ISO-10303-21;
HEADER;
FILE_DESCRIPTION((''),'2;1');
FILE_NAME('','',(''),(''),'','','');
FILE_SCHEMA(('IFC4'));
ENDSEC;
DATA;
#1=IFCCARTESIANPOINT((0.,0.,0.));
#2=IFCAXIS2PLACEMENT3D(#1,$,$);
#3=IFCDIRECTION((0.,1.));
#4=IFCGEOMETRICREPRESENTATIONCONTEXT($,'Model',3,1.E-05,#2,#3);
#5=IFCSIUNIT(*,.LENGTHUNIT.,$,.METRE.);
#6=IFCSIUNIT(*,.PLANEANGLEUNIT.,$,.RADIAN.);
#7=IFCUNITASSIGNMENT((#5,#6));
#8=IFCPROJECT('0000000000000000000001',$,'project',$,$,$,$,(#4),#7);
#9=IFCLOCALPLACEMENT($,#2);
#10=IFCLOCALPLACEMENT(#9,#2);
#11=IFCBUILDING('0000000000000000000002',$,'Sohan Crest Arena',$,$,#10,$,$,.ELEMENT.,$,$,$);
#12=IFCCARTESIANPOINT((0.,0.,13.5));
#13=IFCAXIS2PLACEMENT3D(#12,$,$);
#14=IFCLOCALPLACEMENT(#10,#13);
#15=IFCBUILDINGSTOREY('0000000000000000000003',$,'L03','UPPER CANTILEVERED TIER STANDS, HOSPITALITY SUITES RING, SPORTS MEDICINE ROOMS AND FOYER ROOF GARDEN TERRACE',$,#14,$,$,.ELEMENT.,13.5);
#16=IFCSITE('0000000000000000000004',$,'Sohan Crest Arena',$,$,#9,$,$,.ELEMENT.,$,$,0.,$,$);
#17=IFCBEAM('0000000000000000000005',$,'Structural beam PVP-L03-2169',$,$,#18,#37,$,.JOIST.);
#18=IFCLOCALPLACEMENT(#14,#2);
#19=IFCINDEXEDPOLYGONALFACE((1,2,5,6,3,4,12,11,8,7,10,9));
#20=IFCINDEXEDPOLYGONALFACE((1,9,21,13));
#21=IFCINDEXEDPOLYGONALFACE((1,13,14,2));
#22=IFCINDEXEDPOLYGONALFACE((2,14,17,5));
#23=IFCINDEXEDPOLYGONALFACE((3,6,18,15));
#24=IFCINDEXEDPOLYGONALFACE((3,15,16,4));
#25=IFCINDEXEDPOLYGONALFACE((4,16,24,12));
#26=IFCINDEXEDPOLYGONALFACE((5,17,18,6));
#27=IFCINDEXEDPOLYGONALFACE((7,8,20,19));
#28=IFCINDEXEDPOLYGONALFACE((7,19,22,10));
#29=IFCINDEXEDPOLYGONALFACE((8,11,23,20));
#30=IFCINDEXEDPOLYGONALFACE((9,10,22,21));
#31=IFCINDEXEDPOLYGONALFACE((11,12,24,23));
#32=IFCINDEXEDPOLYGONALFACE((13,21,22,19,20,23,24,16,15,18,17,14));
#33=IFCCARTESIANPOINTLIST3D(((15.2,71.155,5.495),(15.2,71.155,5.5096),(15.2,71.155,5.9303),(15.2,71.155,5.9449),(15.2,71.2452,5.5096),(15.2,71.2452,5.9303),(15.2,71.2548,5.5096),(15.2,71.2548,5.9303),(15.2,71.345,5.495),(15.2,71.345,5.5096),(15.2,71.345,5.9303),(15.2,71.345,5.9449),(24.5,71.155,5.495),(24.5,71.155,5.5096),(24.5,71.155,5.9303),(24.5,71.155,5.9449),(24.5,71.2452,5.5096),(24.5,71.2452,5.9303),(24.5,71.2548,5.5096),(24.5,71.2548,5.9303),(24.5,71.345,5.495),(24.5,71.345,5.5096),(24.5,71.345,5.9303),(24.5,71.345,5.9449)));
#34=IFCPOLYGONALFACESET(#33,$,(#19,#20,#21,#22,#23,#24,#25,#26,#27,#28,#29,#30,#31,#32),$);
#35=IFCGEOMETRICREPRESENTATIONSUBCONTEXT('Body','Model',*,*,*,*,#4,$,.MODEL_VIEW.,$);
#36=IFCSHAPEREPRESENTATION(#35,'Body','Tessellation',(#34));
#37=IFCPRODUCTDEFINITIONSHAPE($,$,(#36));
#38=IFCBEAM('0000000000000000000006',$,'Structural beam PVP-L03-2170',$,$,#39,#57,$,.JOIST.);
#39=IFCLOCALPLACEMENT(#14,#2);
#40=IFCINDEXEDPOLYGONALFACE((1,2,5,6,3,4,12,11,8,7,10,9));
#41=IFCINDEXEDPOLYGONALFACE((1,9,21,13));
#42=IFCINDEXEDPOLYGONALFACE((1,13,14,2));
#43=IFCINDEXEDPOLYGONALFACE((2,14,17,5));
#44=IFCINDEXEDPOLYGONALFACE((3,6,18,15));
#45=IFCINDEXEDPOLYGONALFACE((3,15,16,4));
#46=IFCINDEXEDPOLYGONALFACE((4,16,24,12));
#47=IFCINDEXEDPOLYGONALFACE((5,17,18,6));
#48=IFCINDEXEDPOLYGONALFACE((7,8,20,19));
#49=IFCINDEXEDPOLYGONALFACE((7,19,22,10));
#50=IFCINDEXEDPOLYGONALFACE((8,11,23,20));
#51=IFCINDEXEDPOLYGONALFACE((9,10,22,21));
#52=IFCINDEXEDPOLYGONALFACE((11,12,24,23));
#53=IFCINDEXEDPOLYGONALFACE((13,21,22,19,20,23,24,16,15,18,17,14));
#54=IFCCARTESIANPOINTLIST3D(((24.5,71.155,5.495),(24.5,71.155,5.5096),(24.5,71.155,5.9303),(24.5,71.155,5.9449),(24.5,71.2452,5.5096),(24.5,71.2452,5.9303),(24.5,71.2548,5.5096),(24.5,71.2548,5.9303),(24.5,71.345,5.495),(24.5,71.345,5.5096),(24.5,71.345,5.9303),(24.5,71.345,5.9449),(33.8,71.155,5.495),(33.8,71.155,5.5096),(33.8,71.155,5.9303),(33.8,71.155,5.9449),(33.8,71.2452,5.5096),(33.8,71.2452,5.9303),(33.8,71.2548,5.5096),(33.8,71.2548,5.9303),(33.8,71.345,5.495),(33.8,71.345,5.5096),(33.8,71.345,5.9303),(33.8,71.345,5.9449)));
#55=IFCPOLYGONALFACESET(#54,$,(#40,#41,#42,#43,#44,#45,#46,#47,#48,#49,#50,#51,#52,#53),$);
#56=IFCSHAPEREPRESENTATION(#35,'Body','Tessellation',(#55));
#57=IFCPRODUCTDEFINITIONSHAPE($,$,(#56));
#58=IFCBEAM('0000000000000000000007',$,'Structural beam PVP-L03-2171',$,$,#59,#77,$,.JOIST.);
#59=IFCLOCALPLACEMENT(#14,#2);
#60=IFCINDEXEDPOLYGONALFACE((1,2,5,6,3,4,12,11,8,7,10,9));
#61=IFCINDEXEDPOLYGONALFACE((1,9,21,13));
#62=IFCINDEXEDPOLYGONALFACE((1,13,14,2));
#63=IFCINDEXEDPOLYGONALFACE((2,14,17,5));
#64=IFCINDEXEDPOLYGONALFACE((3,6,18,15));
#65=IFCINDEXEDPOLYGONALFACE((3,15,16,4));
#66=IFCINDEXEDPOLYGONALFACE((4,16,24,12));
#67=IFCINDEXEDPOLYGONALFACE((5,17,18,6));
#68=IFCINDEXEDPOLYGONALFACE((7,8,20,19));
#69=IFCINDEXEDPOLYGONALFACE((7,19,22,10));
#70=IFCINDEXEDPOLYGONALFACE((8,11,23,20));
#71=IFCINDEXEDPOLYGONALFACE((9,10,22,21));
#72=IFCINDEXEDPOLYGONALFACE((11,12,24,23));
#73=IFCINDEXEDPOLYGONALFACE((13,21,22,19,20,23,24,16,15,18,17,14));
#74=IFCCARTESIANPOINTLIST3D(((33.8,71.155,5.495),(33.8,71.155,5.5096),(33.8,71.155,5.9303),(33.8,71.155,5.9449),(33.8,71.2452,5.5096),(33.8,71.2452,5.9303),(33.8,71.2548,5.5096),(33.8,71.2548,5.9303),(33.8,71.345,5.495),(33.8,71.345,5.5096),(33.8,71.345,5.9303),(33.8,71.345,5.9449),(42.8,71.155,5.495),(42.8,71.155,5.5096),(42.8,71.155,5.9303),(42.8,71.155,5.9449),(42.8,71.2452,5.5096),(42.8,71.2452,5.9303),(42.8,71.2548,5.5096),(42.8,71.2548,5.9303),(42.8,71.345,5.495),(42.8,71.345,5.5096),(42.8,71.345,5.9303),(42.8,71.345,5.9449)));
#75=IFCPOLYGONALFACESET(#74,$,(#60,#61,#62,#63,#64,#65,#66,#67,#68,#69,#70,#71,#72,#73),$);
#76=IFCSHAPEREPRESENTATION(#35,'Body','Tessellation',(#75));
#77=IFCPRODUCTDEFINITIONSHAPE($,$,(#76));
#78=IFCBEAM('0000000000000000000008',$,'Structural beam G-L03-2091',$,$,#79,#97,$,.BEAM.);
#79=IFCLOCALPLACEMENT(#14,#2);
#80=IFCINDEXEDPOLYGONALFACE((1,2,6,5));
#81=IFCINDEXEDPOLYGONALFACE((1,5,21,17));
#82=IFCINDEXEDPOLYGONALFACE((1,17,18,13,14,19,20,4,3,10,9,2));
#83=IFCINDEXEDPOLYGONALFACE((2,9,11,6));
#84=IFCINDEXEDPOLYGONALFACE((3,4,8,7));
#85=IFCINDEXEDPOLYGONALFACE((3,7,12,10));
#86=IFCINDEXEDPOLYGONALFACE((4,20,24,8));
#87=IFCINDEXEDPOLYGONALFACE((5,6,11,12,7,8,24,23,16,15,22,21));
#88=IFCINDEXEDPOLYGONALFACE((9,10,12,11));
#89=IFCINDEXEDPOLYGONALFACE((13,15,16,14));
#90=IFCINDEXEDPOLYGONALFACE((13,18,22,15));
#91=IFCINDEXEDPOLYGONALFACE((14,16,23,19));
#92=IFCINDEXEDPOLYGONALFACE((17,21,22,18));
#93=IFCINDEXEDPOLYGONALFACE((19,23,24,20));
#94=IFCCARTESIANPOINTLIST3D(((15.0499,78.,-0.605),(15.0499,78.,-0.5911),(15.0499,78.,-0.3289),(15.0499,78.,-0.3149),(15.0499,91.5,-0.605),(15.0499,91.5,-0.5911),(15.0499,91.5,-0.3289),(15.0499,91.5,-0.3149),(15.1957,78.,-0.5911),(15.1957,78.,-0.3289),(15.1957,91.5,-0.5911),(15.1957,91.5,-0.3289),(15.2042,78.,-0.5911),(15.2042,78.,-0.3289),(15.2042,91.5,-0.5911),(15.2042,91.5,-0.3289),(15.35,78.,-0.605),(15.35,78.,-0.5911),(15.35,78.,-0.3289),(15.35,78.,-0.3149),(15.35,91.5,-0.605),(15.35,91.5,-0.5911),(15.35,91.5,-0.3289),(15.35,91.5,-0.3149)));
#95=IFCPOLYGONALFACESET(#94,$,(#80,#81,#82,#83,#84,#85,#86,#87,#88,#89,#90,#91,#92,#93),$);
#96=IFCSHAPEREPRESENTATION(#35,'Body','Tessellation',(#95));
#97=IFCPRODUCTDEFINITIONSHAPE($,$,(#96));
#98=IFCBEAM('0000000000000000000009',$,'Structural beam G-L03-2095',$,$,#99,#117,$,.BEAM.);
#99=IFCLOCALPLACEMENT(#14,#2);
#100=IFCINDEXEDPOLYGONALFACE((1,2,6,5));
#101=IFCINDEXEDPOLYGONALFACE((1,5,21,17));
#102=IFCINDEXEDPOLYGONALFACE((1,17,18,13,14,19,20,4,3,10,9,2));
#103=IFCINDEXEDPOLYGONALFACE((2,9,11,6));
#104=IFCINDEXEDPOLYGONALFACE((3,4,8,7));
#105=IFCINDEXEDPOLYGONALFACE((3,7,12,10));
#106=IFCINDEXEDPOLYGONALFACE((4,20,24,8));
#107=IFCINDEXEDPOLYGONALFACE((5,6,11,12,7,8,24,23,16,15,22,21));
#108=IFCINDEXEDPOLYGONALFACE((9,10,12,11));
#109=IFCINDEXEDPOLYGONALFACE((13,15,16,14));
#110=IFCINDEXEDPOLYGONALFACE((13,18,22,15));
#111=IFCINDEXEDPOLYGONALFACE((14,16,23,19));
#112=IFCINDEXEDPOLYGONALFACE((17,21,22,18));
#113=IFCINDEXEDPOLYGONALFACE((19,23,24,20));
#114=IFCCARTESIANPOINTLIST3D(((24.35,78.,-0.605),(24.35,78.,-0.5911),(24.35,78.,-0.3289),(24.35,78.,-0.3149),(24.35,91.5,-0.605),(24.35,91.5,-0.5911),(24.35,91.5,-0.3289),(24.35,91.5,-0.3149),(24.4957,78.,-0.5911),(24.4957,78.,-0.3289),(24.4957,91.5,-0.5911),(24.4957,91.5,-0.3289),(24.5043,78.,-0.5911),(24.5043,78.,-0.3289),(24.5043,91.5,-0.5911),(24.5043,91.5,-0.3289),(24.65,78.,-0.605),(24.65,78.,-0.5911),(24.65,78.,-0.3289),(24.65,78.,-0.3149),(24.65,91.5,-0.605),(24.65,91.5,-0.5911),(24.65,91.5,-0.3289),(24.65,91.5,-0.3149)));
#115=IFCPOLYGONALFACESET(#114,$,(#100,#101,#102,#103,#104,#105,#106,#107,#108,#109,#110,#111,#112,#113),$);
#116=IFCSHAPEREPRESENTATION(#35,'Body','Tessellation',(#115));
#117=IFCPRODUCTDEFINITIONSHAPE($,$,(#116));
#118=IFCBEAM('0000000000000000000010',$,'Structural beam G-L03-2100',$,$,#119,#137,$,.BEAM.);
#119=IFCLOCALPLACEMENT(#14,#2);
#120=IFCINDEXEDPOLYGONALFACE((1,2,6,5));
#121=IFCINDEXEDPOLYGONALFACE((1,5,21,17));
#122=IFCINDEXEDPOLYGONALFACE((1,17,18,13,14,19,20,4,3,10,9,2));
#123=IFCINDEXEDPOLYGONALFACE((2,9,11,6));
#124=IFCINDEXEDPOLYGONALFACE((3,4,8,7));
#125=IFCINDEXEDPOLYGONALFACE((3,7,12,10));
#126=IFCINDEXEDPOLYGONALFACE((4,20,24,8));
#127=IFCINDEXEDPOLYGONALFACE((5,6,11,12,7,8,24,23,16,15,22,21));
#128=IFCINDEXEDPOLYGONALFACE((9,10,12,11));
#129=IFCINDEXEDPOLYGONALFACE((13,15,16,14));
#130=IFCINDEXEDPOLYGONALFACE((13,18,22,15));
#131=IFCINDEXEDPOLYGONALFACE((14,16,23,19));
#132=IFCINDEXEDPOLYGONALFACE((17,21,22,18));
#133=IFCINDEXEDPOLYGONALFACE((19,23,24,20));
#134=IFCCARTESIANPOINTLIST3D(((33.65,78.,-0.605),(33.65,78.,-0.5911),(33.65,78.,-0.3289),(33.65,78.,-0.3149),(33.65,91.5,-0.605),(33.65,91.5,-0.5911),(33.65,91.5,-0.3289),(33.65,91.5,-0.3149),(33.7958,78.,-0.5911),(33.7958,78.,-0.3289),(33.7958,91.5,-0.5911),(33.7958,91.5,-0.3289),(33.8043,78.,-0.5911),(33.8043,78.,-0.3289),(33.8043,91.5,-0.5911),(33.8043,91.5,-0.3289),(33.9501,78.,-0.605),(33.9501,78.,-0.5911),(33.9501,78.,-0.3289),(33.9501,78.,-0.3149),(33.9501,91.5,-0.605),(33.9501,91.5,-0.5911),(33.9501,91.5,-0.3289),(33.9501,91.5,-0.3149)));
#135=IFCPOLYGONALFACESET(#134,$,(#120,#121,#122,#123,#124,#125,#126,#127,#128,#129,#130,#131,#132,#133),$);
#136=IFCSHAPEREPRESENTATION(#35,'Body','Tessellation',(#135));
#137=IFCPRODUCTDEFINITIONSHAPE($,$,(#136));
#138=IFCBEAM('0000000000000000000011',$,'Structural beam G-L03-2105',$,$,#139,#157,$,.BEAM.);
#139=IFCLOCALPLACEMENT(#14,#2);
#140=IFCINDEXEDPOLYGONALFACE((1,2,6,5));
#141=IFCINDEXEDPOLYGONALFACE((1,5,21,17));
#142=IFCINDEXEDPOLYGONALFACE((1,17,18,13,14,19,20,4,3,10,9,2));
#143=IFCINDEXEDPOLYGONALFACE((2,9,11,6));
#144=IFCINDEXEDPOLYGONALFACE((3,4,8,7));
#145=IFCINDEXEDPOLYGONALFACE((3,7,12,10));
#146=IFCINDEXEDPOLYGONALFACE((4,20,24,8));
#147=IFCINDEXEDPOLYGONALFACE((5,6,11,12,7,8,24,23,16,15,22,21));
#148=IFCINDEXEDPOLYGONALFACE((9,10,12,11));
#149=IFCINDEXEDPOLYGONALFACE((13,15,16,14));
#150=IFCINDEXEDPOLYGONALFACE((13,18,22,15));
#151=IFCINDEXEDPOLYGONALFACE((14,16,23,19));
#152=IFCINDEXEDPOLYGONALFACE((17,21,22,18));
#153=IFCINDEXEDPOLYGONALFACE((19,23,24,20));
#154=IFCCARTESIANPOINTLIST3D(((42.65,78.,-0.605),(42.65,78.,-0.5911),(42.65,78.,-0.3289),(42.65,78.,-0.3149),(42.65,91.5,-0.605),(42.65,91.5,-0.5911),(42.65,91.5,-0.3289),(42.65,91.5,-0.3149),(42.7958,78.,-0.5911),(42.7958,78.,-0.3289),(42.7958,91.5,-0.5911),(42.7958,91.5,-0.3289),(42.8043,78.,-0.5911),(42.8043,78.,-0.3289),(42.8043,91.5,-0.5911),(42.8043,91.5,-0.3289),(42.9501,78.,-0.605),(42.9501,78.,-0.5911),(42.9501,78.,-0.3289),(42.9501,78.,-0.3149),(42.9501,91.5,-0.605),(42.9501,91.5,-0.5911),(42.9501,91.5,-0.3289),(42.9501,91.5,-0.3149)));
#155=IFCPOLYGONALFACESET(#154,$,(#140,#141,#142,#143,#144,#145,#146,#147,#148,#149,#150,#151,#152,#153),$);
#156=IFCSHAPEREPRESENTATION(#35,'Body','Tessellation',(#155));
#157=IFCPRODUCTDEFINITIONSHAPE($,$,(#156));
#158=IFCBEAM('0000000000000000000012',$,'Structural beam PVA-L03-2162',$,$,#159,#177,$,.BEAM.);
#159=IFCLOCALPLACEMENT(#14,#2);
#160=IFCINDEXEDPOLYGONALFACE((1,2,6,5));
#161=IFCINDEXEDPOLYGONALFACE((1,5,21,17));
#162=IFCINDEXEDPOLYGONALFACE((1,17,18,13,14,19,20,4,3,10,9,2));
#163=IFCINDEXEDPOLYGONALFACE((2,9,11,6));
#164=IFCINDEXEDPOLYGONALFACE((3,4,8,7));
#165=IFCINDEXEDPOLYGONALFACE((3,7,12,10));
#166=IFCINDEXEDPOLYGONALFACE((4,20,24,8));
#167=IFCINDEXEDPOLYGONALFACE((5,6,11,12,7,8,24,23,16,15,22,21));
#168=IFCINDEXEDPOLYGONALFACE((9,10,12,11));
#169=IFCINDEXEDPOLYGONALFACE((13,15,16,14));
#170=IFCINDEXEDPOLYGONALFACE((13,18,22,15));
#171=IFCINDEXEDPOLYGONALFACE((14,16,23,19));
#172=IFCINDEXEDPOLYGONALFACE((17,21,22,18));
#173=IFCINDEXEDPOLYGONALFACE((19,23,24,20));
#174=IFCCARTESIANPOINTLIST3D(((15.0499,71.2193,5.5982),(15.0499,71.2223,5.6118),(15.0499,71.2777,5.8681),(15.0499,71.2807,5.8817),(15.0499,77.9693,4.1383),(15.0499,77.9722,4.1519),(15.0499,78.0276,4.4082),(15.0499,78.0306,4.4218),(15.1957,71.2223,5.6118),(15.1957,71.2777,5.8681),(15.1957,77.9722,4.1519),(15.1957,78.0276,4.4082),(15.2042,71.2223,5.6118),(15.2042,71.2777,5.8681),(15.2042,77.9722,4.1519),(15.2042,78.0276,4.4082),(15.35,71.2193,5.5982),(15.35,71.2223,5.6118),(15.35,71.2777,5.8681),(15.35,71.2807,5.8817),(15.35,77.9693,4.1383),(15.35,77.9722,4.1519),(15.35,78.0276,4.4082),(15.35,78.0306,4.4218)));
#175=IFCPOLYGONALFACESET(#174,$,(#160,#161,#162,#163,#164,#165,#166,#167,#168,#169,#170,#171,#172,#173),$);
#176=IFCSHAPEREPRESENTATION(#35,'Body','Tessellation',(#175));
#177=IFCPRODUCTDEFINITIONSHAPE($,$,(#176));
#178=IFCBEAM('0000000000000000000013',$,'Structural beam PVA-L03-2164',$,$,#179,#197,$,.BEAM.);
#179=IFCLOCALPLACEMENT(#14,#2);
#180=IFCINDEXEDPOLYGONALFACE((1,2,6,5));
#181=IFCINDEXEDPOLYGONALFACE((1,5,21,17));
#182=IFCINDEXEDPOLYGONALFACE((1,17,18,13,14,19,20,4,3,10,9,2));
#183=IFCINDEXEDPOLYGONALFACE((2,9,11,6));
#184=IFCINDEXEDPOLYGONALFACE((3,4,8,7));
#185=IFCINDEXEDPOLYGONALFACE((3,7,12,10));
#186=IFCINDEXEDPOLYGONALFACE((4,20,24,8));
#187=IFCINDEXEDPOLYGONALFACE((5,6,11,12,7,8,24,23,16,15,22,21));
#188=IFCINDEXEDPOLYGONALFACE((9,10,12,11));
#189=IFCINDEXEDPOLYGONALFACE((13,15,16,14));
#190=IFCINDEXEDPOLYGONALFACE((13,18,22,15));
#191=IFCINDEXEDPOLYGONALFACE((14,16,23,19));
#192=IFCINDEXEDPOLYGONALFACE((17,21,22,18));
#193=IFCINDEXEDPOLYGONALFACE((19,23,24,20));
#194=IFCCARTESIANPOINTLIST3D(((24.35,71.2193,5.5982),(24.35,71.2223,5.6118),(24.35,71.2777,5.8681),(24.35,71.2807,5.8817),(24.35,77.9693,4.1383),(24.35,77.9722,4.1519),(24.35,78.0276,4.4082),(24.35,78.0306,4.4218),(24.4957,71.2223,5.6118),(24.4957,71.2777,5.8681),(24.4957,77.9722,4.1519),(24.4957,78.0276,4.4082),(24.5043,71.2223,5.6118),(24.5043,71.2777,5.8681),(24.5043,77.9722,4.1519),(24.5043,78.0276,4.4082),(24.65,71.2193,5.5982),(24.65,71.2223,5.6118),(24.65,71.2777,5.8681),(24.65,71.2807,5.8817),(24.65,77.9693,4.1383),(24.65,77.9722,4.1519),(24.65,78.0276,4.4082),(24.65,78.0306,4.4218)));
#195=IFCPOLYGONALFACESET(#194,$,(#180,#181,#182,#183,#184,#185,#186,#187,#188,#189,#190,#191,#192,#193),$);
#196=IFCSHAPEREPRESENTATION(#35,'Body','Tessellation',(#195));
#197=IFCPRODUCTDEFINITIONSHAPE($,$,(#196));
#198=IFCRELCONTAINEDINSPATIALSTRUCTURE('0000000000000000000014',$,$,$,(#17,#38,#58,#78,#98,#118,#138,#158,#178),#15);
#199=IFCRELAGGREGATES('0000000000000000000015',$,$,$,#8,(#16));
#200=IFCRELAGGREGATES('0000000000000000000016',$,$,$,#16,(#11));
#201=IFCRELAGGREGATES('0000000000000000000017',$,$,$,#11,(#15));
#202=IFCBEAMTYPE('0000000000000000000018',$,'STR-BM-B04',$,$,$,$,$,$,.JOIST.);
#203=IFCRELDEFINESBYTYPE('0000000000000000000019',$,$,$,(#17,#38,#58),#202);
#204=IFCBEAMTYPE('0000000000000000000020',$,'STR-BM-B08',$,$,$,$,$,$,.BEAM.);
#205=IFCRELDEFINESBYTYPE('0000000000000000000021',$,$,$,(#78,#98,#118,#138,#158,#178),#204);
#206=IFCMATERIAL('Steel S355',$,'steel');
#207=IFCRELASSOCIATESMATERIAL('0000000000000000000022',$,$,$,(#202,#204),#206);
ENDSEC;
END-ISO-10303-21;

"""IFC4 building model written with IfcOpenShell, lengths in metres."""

from ifc_helpers import new_model, si_unit, direction, frame, origin, origin_2d, place, context, subcontext, project, spatial, i_section, extrude, material, material_profile, profile_set, type_object, element, save


model = new_model("IFC4")

# Units and contexts
model_context = context("Model", 3, precision=1e-05, world=origin(), true_north=direction((0.0, 1.0)))
body_context = subcontext(model_context, "Body", "Model", "MODEL_VIEW")
ifc_project = project(units=[si_unit("LENGTHUNIT", "METRE"), si_unit("PLANEANGLEUNIT", "RADIAN")], contexts=[model_context])

# Site, building, storey
site_placement = place(None, origin())
site = spatial("IfcSite", under=ifc_project, at=site_placement, Name="Sohan Crest Arena", CompositionType="ELEMENT", RefElevation=0.0)
building_placement = place(site_placement, origin())
building = spatial("IfcBuilding", under=site, at=building_placement, Name="Sohan Crest Arena", CompositionType="ELEMENT")
storey_placement = place(building_placement, frame((0.0, 0.0, 13.5)))
storey = spatial("IfcBuildingStorey", under=building, at=storey_placement, Name="L03", Description="UPPER CANTILEVERED TIER STANDS, HOSPITALITY SUITES RING, SPORTS MEDICINE ROOMS AND FOYER ROOF GARDEN TERRACE", CompositionType="ELEMENT", Elevation=13.5)

# Beams
ifc_material_1 = material(Name="Steel S355", Category="steel")
ifc_material_profile_1 = material_profile(ifc_material_1, i_section(OverallWidth=0.1899, OverallDepth=0.45, WebThickness=0.0095, FlangeThickness=0.0146, at=origin_2d()), Name="IPE 450")
ifc_profile_set_1 = profile_set([ifc_material_profile_1], Name="Steel S355")
beam_type_1 = type_object("IfcBeamType", Name="STR-BM-B04", PredefinedType="JOIST", material=ifc_profile_set_1)
for number, where, z_axis, x_axis, name in (
    (1, (15.2, 71.25, 5.72), (1.0, 0.0, 0.0), (0.0, 1.0, 0.0), "Structural beam PVP-L03-2169"),
    (2, (24.5, 71.25, 5.72), (1.0, 0.0, 0.0), (0.0, 1.0, 0.0), "Structural beam PVP-L03-2170"),
):
    element("IfcBeam", number, at=place(storey_placement, frame(where, z_axis=z_axis, x_axis=x_axis)), inside=storey, type_object=beam_type_1, Name=name, PredefinedType="JOIST", context=body_context, shape_type="SweptSolid", body=[
        extrude(i_section(OverallWidth=0.1899, OverallDepth=0.45, WebThickness=0.0095, FlangeThickness=0.0146, at=origin_2d()), origin(), (0.0, 0.0, 1.0), 9.3),
    ])
beam_1_placement = place(storey_placement, frame((33.8, 71.25, 5.72), z_axis=(1.0, 0.0, 0.0), x_axis=(0.0, 1.0, 0.0)))
element("IfcBeam", 3, at=beam_1_placement, inside=storey, type_object=beam_type_1, Name="Structural beam PVP-L03-2171", PredefinedType="JOIST", context=body_context, shape_type="SweptSolid", body=[
    extrude(i_section(OverallWidth=0.1899, OverallDepth=0.45, WebThickness=0.0095, FlangeThickness=0.0146, at=origin_2d()), origin(), (0.0, 0.0, 1.0), 9.0),
])
ifc_material_profile_2 = material_profile(ifc_material_1, i_section(OverallWidth=0.3, OverallDepth=0.29, WebThickness=0.0085, FlangeThickness=0.0139, at=origin_2d()), Name="HEA 300")
ifc_profile_set_2 = profile_set([ifc_material_profile_2], Name="Steel S355")
beam_type_2 = type_object("IfcBeamType", Name="STR-BM-B08", PredefinedType="BEAM", material=ifc_profile_set_2)
for number, where, z_axis, x_axis, name in (
    (4, (15.2, 78.0, -0.46), (0.0, 1.0, 0.0), (-1.0, 0.0, 0.0), "Structural beam G-L03-2091"),
    (5, (24.5, 78.0, -0.46), (0.0, 1.0, 0.0), (-1.0, 0.0, 0.0), "Structural beam G-L03-2095"),
    (6, (33.8, 78.0, -0.46), (0.0, 1.0, 0.0), (-1.0, 0.0, 0.0), "Structural beam G-L03-2100"),
    (7, (42.8, 78.0, -0.46), (0.0, 1.0, 0.0), (-1.0, 0.0, 0.0), "Structural beam G-L03-2105"),
):
    element("IfcBeam", number, at=place(storey_placement, frame(where, z_axis=z_axis, x_axis=x_axis)), inside=storey, type_object=beam_type_2, Name=name, PredefinedType="BEAM", context=body_context, shape_type="SweptSolid", body=[
        extrude(i_section(OverallWidth=0.3, OverallDepth=0.29, WebThickness=0.0085, FlangeThickness=0.0139, at=origin_2d()), origin(), (0.0, 0.0, 1.0), 13.5),
    ])
for number, where, z_axis, x_axis, name in (
    (8, (15.2, 71.25, 5.74), (0.0, 0.977399, -0.211402), (-1.0, 0.0, 0.0), "Structural beam PVA-L03-2162"),
    (9, (24.5, 71.25, 5.74), (0.0, 0.977399, -0.211402), (-1.0, 0.0, 0.0), "Structural beam PVA-L03-2164"),
):
    element("IfcBeam", number, at=place(storey_placement, frame(where, z_axis=z_axis, x_axis=x_axis)), inside=storey, type_object=beam_type_2, Name=name, PredefinedType="BEAM", context=body_context, shape_type="SweptSolid", body=[
        extrude(i_section(OverallWidth=0.3, OverallDepth=0.29, WebThickness=0.0085, FlangeThickness=0.0139, at=origin_2d()), origin(), (0.0, 0.0, 1.0), 6.906),
    ])

save(model, "model.ifc")
